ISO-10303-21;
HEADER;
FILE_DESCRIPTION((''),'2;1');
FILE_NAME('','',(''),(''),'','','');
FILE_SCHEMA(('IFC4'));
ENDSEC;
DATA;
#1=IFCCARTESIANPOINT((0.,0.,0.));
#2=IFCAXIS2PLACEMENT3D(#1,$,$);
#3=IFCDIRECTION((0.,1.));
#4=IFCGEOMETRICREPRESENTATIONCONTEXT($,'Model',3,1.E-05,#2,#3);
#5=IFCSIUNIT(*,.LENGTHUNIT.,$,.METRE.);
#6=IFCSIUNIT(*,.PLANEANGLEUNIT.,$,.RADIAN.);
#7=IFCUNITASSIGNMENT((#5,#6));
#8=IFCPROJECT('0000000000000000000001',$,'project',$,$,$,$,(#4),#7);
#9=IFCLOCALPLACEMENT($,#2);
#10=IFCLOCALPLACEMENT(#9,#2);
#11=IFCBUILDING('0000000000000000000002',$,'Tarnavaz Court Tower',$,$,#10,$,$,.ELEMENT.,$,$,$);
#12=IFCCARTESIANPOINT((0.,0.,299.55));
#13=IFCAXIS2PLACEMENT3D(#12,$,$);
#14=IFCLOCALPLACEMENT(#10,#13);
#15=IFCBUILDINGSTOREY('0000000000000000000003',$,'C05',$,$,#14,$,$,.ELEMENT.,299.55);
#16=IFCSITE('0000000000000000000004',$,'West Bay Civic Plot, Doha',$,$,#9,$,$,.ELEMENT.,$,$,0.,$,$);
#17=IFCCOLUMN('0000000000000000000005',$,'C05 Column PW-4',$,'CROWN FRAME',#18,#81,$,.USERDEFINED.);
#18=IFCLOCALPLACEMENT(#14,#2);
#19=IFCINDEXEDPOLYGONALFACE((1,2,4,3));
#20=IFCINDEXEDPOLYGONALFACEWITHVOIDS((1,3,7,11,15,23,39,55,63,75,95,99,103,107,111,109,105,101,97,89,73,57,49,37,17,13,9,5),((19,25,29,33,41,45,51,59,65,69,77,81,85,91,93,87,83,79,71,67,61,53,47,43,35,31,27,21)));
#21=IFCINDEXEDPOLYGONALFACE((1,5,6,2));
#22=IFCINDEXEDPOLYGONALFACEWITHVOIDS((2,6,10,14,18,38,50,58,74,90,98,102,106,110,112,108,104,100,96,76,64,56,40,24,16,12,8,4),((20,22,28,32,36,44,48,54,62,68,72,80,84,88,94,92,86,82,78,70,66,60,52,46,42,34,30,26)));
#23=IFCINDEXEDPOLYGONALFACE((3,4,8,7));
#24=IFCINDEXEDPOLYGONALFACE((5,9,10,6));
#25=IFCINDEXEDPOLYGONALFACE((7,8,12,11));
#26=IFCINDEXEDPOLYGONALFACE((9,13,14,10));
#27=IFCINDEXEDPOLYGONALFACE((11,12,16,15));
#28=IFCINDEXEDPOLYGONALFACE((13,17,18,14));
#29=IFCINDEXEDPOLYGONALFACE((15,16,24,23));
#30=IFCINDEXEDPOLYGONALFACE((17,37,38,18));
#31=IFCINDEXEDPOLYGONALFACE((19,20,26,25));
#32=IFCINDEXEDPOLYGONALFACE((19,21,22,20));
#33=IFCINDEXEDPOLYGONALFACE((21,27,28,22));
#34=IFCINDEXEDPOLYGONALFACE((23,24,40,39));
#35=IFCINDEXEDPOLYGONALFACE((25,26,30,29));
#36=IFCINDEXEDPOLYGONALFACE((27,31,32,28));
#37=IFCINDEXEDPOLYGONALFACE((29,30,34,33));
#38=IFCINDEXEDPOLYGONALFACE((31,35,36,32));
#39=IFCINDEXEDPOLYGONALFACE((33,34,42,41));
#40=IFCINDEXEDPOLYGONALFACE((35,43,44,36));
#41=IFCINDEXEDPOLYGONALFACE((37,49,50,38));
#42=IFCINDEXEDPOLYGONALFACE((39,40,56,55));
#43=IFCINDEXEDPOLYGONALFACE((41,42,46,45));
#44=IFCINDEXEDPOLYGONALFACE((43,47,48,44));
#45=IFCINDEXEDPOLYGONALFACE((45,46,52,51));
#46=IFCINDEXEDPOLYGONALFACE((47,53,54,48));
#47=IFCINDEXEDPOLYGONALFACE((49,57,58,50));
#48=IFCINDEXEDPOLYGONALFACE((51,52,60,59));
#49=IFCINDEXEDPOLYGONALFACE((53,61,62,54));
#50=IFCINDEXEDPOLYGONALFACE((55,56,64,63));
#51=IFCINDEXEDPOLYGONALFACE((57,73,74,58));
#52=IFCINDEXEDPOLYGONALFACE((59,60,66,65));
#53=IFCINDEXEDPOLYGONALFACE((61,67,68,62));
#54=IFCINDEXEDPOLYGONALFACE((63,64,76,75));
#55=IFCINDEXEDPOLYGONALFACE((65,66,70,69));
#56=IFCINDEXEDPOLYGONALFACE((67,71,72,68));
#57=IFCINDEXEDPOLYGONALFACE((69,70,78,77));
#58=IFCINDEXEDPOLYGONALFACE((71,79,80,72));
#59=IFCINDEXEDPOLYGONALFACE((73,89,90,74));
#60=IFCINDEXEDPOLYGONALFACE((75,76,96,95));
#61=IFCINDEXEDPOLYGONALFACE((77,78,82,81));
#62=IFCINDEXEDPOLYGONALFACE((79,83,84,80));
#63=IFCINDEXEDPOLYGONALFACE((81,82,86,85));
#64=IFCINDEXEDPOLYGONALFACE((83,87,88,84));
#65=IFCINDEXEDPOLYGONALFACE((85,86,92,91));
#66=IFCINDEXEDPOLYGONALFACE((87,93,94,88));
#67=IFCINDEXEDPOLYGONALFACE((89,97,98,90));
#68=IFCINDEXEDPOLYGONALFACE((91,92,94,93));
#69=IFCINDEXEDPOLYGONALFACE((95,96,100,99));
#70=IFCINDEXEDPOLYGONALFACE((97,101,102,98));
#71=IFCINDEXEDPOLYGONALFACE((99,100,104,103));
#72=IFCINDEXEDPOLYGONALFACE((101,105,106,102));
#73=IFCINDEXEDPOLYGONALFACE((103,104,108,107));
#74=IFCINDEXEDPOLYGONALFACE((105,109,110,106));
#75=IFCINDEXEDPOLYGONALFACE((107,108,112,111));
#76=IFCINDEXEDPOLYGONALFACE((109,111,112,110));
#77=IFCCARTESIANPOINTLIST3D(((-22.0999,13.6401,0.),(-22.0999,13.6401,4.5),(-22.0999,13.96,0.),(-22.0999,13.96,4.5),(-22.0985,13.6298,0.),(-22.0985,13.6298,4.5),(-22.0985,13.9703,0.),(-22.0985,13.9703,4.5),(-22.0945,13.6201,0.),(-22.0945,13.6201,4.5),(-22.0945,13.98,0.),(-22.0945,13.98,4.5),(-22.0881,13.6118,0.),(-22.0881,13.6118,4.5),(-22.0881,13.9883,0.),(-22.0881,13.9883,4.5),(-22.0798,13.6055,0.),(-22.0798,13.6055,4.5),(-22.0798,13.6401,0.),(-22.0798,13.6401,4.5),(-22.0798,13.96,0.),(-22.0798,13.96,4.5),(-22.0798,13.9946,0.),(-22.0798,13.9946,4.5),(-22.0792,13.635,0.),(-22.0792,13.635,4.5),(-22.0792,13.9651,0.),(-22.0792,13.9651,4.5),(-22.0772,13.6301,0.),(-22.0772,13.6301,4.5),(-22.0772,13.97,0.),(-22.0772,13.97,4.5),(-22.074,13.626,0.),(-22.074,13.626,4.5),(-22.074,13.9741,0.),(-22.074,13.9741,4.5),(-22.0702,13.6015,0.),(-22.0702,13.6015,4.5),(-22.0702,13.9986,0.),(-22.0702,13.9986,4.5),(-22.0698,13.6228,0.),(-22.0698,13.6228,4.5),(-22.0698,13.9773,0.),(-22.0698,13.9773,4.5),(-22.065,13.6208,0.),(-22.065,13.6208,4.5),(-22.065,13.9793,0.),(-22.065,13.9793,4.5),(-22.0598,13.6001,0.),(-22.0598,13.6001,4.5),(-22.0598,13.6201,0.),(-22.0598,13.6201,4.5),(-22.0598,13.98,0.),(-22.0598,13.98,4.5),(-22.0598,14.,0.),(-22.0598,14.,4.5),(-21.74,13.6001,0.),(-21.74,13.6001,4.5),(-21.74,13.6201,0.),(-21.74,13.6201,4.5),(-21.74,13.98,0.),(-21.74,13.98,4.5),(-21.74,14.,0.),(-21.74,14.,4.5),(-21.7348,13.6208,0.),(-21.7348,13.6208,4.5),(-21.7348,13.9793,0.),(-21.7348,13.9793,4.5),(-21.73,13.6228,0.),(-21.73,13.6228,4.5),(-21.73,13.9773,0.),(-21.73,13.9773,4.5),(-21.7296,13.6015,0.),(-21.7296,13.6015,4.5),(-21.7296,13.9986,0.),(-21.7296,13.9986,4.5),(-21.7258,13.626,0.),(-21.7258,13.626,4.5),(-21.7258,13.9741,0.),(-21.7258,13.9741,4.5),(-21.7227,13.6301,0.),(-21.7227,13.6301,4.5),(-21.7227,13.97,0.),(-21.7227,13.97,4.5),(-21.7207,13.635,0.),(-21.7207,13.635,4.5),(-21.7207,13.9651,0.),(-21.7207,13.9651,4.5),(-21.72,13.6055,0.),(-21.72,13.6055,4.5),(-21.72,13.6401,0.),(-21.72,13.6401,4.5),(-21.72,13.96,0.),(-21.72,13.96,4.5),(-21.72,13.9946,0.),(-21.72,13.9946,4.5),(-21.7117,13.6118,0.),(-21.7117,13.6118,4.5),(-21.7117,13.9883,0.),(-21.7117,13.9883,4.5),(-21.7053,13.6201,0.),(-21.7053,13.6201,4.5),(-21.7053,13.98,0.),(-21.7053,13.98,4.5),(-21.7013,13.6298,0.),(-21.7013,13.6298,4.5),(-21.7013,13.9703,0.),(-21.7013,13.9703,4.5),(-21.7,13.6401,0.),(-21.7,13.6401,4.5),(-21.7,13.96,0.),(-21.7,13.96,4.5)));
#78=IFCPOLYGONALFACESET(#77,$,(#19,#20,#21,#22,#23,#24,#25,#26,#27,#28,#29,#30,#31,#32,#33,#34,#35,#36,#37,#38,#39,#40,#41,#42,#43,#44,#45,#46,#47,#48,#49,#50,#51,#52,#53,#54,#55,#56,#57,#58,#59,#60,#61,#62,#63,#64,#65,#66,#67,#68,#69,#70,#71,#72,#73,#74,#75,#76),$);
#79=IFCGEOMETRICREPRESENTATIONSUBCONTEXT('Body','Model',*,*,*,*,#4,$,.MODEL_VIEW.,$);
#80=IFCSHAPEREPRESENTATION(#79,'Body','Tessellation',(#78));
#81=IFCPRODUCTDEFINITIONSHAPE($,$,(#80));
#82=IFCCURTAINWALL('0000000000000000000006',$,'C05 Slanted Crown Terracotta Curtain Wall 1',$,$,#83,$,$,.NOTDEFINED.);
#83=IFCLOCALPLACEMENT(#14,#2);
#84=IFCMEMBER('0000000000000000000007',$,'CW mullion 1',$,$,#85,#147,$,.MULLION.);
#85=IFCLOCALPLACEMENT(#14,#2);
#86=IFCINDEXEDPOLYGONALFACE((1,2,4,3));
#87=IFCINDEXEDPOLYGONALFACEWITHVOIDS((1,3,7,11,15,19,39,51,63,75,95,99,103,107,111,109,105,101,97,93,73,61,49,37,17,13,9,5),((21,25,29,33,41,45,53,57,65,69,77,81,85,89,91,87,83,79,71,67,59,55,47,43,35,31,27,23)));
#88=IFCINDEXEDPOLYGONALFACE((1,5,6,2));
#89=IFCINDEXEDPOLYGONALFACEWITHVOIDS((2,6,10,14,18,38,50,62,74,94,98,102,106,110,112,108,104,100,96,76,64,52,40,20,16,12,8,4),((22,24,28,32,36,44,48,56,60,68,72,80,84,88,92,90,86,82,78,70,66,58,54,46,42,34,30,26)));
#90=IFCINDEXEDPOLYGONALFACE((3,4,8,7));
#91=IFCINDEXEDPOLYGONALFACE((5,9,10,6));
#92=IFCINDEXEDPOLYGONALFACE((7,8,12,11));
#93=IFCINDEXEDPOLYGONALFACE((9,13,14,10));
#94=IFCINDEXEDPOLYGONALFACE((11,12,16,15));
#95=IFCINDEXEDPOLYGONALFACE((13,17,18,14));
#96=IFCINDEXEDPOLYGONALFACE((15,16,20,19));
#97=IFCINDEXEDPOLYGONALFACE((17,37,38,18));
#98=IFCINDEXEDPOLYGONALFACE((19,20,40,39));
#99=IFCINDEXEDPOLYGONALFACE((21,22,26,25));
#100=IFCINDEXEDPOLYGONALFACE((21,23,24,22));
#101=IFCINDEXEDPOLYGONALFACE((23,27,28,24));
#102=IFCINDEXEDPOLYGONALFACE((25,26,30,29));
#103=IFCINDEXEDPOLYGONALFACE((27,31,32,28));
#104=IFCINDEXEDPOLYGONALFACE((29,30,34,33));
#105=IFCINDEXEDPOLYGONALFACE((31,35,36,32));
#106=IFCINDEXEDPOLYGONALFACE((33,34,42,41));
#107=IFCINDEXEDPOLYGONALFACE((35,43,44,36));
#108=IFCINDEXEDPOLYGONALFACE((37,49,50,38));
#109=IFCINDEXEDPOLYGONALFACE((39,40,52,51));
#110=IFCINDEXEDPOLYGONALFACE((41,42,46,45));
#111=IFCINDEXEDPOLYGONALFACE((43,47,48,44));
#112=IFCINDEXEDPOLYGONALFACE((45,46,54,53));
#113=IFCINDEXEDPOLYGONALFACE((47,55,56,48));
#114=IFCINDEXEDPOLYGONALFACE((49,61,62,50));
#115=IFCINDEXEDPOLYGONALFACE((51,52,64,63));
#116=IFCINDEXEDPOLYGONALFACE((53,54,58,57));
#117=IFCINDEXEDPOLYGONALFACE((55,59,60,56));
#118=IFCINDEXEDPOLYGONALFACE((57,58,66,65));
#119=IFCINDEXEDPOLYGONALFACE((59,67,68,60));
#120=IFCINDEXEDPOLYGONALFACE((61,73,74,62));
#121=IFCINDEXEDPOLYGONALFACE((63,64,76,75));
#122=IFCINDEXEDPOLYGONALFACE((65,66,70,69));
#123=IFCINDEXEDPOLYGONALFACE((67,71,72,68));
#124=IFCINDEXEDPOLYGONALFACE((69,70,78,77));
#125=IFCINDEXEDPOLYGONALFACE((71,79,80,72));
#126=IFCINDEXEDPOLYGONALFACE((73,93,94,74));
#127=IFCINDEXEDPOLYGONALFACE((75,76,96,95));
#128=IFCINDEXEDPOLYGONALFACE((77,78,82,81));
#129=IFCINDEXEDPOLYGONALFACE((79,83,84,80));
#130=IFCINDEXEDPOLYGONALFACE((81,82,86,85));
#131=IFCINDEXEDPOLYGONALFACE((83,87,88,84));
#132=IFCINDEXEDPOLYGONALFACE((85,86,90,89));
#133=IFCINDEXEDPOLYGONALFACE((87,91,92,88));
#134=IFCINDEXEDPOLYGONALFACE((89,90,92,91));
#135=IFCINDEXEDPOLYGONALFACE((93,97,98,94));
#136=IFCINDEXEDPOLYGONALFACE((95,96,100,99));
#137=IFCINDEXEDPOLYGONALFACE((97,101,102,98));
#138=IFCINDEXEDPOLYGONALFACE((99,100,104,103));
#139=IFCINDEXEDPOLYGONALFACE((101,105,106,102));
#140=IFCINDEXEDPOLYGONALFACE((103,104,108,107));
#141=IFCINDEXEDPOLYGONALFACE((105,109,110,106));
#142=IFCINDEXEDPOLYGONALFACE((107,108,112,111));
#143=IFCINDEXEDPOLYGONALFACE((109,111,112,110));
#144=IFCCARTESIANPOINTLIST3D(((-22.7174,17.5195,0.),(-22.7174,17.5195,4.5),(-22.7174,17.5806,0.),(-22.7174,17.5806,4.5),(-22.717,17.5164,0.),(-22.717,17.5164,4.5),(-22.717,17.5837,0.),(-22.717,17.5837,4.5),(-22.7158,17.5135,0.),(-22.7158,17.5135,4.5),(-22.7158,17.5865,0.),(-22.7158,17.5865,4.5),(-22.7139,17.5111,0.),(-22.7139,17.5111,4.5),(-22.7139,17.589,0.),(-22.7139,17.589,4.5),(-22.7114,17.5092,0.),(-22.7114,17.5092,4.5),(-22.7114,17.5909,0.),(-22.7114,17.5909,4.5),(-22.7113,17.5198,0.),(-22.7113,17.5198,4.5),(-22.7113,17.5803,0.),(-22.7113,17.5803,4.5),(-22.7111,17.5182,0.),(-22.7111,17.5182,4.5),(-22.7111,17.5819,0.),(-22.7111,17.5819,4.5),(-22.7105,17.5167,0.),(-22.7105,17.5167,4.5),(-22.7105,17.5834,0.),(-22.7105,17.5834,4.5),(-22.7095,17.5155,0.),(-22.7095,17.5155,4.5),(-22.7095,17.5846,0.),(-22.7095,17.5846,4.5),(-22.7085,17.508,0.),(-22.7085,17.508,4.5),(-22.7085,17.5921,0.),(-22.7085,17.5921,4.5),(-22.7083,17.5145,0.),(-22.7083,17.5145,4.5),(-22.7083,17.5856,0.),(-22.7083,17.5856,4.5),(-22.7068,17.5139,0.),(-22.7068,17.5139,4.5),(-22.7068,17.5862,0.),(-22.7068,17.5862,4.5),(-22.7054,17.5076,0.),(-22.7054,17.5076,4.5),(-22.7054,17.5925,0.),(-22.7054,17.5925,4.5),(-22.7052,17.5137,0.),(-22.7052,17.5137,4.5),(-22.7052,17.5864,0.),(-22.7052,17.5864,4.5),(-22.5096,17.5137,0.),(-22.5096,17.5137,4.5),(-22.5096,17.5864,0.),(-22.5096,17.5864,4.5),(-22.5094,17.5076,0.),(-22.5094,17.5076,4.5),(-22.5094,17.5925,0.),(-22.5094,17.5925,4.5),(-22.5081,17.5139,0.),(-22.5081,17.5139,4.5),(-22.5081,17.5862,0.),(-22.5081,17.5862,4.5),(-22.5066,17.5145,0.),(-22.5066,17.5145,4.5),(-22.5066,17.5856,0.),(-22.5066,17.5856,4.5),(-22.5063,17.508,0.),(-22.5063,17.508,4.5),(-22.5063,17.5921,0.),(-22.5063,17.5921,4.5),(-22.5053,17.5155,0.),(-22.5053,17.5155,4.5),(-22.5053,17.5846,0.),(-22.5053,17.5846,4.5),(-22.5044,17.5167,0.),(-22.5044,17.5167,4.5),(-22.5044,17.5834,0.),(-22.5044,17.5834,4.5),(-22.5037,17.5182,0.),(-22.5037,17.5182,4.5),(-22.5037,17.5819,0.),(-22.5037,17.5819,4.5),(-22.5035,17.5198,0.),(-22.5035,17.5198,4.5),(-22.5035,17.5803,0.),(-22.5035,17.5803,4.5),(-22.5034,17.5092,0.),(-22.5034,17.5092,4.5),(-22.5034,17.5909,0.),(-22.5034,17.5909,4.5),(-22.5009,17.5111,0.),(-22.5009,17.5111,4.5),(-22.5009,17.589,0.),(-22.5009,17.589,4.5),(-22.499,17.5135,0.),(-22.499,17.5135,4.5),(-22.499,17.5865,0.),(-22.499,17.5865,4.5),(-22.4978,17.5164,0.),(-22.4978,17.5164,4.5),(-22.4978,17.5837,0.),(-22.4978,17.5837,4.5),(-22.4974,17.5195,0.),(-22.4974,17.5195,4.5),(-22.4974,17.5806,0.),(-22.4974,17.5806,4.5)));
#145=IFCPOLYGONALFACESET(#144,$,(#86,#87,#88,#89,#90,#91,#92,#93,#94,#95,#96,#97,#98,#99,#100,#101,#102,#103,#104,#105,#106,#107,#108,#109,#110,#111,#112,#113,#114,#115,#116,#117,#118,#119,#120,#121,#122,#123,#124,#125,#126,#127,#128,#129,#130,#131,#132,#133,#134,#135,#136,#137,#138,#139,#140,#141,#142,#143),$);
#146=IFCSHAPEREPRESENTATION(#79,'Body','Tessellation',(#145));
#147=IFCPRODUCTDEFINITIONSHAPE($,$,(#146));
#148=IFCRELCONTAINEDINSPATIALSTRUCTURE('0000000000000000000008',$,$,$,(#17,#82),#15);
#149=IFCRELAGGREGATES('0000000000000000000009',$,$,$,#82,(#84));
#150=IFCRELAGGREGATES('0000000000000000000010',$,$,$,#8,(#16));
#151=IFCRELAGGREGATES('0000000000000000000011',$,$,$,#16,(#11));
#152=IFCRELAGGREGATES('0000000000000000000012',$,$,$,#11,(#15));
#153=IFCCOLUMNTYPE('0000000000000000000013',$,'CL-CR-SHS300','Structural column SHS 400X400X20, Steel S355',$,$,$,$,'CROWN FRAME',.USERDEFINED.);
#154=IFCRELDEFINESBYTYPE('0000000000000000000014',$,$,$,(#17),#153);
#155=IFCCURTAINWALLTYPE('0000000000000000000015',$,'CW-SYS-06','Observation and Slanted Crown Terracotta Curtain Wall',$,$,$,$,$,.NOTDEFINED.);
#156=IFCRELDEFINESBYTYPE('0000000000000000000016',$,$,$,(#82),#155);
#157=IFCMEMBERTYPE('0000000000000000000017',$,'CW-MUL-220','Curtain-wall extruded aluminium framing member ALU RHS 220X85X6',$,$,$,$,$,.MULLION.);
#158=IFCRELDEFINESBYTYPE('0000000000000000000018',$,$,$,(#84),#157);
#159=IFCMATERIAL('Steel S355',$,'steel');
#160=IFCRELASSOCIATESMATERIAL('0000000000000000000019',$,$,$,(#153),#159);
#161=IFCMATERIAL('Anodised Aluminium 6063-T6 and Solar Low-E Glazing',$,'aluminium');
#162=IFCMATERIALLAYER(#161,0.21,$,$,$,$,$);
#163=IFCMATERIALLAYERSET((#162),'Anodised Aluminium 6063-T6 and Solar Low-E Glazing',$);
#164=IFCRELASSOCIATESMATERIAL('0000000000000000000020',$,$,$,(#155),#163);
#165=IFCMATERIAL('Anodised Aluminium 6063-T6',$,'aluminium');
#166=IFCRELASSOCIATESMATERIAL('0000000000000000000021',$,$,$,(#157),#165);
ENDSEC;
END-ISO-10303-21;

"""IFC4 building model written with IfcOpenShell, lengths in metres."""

from ifc_helpers import new_model, si_unit, direction, frame, origin, origin_2d, place, context, subcontext, project, spatial, hollow_rectangle, extrude, material, layer, layer_set, material_profile, profile_set, type_object, element, aggregate, save


model = new_model("IFC4")

# Units and contexts
model_context = context("Model", 3, precision=1e-05, world=origin(), true_north=direction((0.0, 1.0)))
body_context = subcontext(model_context, "Body", "Model", "MODEL_VIEW")
ifc_project = project(units=[si_unit("LENGTHUNIT", "METRE"), si_unit("PLANEANGLEUNIT", "RADIAN")], contexts=[model_context])

# Site, building, storey
site_placement = place(None, origin())
site = spatial("IfcSite", under=ifc_project, at=site_placement, Name="West Bay Civic Plot, Doha", CompositionType="ELEMENT", RefElevation=0.0)
building_placement = place(site_placement, origin())
building = spatial("IfcBuilding", under=site, at=building_placement, Name="Tarnavaz Court Tower", CompositionType="ELEMENT")
storey_placement = place(building_placement, frame((0.0, 0.0, 299.55)))
storey = spatial("IfcBuildingStorey", under=building, at=storey_placement, Name="C05", CompositionType="ELEMENT", Elevation=299.55)

# Column
ifc_material_1 = material(Name="Steel S355", Category="steel")
ifc_material_profile_1 = material_profile(ifc_material_1, hollow_rectangle(XDim=0.3999, YDim=0.3999, WallThickness=0.02, InnerFilletRadius=0.02, OuterFilletRadius=0.04, at=origin_2d()), Name="SHS 400X400X20")
ifc_profile_set_1 = profile_set([ifc_material_profile_1], Name="Steel S355")
column_type = type_object("IfcColumnType", Name="CL-CR-SHS300", Description="Structural column SHS 400X400X20, Steel S355", ElementType="CROWN FRAME", PredefinedType="USERDEFINED", material=ifc_profile_set_1)
column_placement = place(storey_placement, frame((-21.8999, 13.8, 0.0), z_axis=(0.0, 0.0, 1.0), x_axis=(1.0, 0.0, 0.0)))
element("IfcColumn", 1, at=column_placement, inside=storey, type_object=column_type, Name="C05 Column PW-4", ObjectType="CROWN FRAME", PredefinedType="USERDEFINED", context=body_context, shape_type="SweptSolid", body=[
    extrude(hollow_rectangle(XDim=0.3999, YDim=0.3999, WallThickness=0.02, InnerFilletRadius=0.02, OuterFilletRadius=0.04, at=origin_2d()), origin(), (0.0, 0.0, 1.0), 4.5),
])

# Curtain wall, member
ifc_material_2 = material(Name="Anodised Aluminium 6063-T6 and Solar Low-E Glazing", Category="aluminium")
ifc_layer_1 = layer(ifc_material_2, 0.21)
ifc_layer_set_1 = layer_set([ifc_layer_1], Name="Anodised Aluminium 6063-T6 and Solar Low-E Glazing")
curtain_wall_type = type_object("IfcCurtainWallType", Name="CW-SYS-06", Description="Observation and Slanted Crown Terracotta Curtain Wall", PredefinedType="NOTDEFINED", material=ifc_layer_set_1)
curtain_wall_1_placement = place(storey_placement, origin())
curtain_wall_1 = element("IfcCurtainWall", 2, at=curtain_wall_1_placement, inside=storey, type_object=curtain_wall_type, Name="C05 Slanted Crown Terracotta Curtain Wall 1", PredefinedType="NOTDEFINED")
ifc_material_3 = material(Name="Anodised Aluminium 6063-T6", Category="aluminium")
ifc_material_profile_2 = material_profile(ifc_material_3, hollow_rectangle(XDim=0.085, YDim=0.22, WallThickness=0.0061, InnerFilletRadius=0.0061, OuterFilletRadius=0.012, at=origin_2d()), Name="ALU RHS 220X85X6")
ifc_profile_set_2 = profile_set([ifc_material_profile_2], Name="Anodised Aluminium 6063-T6")
member_type_1 = type_object("IfcMemberType", Name="CW-MUL-220", Description="Curtain-wall extruded aluminium framing member ALU RHS 220X85X6", PredefinedType="MULLION", material=ifc_profile_set_2)
member_1_placement = place(storey_placement, frame((-22.6074, 17.55, 0.0), z_axis=(0.0, 0.0, 1.0), x_axis=(0.0, 1.0, 0.0)))
member_1 = element("IfcMember", 3, at=member_1_placement, type_object=member_type_1, Name="CW mullion 1", PredefinedType="MULLION", context=body_context, shape_type="SweptSolid", body=[
    extrude(hollow_rectangle(XDim=0.085, YDim=0.22, WallThickness=0.0061, InnerFilletRadius=0.0061, OuterFilletRadius=0.012, at=origin_2d()), origin(), (0.0, 0.0, 1.0), 4.5),
])

aggregate(curtain_wall_1, [member_1])

save(model, "model.ifc")
